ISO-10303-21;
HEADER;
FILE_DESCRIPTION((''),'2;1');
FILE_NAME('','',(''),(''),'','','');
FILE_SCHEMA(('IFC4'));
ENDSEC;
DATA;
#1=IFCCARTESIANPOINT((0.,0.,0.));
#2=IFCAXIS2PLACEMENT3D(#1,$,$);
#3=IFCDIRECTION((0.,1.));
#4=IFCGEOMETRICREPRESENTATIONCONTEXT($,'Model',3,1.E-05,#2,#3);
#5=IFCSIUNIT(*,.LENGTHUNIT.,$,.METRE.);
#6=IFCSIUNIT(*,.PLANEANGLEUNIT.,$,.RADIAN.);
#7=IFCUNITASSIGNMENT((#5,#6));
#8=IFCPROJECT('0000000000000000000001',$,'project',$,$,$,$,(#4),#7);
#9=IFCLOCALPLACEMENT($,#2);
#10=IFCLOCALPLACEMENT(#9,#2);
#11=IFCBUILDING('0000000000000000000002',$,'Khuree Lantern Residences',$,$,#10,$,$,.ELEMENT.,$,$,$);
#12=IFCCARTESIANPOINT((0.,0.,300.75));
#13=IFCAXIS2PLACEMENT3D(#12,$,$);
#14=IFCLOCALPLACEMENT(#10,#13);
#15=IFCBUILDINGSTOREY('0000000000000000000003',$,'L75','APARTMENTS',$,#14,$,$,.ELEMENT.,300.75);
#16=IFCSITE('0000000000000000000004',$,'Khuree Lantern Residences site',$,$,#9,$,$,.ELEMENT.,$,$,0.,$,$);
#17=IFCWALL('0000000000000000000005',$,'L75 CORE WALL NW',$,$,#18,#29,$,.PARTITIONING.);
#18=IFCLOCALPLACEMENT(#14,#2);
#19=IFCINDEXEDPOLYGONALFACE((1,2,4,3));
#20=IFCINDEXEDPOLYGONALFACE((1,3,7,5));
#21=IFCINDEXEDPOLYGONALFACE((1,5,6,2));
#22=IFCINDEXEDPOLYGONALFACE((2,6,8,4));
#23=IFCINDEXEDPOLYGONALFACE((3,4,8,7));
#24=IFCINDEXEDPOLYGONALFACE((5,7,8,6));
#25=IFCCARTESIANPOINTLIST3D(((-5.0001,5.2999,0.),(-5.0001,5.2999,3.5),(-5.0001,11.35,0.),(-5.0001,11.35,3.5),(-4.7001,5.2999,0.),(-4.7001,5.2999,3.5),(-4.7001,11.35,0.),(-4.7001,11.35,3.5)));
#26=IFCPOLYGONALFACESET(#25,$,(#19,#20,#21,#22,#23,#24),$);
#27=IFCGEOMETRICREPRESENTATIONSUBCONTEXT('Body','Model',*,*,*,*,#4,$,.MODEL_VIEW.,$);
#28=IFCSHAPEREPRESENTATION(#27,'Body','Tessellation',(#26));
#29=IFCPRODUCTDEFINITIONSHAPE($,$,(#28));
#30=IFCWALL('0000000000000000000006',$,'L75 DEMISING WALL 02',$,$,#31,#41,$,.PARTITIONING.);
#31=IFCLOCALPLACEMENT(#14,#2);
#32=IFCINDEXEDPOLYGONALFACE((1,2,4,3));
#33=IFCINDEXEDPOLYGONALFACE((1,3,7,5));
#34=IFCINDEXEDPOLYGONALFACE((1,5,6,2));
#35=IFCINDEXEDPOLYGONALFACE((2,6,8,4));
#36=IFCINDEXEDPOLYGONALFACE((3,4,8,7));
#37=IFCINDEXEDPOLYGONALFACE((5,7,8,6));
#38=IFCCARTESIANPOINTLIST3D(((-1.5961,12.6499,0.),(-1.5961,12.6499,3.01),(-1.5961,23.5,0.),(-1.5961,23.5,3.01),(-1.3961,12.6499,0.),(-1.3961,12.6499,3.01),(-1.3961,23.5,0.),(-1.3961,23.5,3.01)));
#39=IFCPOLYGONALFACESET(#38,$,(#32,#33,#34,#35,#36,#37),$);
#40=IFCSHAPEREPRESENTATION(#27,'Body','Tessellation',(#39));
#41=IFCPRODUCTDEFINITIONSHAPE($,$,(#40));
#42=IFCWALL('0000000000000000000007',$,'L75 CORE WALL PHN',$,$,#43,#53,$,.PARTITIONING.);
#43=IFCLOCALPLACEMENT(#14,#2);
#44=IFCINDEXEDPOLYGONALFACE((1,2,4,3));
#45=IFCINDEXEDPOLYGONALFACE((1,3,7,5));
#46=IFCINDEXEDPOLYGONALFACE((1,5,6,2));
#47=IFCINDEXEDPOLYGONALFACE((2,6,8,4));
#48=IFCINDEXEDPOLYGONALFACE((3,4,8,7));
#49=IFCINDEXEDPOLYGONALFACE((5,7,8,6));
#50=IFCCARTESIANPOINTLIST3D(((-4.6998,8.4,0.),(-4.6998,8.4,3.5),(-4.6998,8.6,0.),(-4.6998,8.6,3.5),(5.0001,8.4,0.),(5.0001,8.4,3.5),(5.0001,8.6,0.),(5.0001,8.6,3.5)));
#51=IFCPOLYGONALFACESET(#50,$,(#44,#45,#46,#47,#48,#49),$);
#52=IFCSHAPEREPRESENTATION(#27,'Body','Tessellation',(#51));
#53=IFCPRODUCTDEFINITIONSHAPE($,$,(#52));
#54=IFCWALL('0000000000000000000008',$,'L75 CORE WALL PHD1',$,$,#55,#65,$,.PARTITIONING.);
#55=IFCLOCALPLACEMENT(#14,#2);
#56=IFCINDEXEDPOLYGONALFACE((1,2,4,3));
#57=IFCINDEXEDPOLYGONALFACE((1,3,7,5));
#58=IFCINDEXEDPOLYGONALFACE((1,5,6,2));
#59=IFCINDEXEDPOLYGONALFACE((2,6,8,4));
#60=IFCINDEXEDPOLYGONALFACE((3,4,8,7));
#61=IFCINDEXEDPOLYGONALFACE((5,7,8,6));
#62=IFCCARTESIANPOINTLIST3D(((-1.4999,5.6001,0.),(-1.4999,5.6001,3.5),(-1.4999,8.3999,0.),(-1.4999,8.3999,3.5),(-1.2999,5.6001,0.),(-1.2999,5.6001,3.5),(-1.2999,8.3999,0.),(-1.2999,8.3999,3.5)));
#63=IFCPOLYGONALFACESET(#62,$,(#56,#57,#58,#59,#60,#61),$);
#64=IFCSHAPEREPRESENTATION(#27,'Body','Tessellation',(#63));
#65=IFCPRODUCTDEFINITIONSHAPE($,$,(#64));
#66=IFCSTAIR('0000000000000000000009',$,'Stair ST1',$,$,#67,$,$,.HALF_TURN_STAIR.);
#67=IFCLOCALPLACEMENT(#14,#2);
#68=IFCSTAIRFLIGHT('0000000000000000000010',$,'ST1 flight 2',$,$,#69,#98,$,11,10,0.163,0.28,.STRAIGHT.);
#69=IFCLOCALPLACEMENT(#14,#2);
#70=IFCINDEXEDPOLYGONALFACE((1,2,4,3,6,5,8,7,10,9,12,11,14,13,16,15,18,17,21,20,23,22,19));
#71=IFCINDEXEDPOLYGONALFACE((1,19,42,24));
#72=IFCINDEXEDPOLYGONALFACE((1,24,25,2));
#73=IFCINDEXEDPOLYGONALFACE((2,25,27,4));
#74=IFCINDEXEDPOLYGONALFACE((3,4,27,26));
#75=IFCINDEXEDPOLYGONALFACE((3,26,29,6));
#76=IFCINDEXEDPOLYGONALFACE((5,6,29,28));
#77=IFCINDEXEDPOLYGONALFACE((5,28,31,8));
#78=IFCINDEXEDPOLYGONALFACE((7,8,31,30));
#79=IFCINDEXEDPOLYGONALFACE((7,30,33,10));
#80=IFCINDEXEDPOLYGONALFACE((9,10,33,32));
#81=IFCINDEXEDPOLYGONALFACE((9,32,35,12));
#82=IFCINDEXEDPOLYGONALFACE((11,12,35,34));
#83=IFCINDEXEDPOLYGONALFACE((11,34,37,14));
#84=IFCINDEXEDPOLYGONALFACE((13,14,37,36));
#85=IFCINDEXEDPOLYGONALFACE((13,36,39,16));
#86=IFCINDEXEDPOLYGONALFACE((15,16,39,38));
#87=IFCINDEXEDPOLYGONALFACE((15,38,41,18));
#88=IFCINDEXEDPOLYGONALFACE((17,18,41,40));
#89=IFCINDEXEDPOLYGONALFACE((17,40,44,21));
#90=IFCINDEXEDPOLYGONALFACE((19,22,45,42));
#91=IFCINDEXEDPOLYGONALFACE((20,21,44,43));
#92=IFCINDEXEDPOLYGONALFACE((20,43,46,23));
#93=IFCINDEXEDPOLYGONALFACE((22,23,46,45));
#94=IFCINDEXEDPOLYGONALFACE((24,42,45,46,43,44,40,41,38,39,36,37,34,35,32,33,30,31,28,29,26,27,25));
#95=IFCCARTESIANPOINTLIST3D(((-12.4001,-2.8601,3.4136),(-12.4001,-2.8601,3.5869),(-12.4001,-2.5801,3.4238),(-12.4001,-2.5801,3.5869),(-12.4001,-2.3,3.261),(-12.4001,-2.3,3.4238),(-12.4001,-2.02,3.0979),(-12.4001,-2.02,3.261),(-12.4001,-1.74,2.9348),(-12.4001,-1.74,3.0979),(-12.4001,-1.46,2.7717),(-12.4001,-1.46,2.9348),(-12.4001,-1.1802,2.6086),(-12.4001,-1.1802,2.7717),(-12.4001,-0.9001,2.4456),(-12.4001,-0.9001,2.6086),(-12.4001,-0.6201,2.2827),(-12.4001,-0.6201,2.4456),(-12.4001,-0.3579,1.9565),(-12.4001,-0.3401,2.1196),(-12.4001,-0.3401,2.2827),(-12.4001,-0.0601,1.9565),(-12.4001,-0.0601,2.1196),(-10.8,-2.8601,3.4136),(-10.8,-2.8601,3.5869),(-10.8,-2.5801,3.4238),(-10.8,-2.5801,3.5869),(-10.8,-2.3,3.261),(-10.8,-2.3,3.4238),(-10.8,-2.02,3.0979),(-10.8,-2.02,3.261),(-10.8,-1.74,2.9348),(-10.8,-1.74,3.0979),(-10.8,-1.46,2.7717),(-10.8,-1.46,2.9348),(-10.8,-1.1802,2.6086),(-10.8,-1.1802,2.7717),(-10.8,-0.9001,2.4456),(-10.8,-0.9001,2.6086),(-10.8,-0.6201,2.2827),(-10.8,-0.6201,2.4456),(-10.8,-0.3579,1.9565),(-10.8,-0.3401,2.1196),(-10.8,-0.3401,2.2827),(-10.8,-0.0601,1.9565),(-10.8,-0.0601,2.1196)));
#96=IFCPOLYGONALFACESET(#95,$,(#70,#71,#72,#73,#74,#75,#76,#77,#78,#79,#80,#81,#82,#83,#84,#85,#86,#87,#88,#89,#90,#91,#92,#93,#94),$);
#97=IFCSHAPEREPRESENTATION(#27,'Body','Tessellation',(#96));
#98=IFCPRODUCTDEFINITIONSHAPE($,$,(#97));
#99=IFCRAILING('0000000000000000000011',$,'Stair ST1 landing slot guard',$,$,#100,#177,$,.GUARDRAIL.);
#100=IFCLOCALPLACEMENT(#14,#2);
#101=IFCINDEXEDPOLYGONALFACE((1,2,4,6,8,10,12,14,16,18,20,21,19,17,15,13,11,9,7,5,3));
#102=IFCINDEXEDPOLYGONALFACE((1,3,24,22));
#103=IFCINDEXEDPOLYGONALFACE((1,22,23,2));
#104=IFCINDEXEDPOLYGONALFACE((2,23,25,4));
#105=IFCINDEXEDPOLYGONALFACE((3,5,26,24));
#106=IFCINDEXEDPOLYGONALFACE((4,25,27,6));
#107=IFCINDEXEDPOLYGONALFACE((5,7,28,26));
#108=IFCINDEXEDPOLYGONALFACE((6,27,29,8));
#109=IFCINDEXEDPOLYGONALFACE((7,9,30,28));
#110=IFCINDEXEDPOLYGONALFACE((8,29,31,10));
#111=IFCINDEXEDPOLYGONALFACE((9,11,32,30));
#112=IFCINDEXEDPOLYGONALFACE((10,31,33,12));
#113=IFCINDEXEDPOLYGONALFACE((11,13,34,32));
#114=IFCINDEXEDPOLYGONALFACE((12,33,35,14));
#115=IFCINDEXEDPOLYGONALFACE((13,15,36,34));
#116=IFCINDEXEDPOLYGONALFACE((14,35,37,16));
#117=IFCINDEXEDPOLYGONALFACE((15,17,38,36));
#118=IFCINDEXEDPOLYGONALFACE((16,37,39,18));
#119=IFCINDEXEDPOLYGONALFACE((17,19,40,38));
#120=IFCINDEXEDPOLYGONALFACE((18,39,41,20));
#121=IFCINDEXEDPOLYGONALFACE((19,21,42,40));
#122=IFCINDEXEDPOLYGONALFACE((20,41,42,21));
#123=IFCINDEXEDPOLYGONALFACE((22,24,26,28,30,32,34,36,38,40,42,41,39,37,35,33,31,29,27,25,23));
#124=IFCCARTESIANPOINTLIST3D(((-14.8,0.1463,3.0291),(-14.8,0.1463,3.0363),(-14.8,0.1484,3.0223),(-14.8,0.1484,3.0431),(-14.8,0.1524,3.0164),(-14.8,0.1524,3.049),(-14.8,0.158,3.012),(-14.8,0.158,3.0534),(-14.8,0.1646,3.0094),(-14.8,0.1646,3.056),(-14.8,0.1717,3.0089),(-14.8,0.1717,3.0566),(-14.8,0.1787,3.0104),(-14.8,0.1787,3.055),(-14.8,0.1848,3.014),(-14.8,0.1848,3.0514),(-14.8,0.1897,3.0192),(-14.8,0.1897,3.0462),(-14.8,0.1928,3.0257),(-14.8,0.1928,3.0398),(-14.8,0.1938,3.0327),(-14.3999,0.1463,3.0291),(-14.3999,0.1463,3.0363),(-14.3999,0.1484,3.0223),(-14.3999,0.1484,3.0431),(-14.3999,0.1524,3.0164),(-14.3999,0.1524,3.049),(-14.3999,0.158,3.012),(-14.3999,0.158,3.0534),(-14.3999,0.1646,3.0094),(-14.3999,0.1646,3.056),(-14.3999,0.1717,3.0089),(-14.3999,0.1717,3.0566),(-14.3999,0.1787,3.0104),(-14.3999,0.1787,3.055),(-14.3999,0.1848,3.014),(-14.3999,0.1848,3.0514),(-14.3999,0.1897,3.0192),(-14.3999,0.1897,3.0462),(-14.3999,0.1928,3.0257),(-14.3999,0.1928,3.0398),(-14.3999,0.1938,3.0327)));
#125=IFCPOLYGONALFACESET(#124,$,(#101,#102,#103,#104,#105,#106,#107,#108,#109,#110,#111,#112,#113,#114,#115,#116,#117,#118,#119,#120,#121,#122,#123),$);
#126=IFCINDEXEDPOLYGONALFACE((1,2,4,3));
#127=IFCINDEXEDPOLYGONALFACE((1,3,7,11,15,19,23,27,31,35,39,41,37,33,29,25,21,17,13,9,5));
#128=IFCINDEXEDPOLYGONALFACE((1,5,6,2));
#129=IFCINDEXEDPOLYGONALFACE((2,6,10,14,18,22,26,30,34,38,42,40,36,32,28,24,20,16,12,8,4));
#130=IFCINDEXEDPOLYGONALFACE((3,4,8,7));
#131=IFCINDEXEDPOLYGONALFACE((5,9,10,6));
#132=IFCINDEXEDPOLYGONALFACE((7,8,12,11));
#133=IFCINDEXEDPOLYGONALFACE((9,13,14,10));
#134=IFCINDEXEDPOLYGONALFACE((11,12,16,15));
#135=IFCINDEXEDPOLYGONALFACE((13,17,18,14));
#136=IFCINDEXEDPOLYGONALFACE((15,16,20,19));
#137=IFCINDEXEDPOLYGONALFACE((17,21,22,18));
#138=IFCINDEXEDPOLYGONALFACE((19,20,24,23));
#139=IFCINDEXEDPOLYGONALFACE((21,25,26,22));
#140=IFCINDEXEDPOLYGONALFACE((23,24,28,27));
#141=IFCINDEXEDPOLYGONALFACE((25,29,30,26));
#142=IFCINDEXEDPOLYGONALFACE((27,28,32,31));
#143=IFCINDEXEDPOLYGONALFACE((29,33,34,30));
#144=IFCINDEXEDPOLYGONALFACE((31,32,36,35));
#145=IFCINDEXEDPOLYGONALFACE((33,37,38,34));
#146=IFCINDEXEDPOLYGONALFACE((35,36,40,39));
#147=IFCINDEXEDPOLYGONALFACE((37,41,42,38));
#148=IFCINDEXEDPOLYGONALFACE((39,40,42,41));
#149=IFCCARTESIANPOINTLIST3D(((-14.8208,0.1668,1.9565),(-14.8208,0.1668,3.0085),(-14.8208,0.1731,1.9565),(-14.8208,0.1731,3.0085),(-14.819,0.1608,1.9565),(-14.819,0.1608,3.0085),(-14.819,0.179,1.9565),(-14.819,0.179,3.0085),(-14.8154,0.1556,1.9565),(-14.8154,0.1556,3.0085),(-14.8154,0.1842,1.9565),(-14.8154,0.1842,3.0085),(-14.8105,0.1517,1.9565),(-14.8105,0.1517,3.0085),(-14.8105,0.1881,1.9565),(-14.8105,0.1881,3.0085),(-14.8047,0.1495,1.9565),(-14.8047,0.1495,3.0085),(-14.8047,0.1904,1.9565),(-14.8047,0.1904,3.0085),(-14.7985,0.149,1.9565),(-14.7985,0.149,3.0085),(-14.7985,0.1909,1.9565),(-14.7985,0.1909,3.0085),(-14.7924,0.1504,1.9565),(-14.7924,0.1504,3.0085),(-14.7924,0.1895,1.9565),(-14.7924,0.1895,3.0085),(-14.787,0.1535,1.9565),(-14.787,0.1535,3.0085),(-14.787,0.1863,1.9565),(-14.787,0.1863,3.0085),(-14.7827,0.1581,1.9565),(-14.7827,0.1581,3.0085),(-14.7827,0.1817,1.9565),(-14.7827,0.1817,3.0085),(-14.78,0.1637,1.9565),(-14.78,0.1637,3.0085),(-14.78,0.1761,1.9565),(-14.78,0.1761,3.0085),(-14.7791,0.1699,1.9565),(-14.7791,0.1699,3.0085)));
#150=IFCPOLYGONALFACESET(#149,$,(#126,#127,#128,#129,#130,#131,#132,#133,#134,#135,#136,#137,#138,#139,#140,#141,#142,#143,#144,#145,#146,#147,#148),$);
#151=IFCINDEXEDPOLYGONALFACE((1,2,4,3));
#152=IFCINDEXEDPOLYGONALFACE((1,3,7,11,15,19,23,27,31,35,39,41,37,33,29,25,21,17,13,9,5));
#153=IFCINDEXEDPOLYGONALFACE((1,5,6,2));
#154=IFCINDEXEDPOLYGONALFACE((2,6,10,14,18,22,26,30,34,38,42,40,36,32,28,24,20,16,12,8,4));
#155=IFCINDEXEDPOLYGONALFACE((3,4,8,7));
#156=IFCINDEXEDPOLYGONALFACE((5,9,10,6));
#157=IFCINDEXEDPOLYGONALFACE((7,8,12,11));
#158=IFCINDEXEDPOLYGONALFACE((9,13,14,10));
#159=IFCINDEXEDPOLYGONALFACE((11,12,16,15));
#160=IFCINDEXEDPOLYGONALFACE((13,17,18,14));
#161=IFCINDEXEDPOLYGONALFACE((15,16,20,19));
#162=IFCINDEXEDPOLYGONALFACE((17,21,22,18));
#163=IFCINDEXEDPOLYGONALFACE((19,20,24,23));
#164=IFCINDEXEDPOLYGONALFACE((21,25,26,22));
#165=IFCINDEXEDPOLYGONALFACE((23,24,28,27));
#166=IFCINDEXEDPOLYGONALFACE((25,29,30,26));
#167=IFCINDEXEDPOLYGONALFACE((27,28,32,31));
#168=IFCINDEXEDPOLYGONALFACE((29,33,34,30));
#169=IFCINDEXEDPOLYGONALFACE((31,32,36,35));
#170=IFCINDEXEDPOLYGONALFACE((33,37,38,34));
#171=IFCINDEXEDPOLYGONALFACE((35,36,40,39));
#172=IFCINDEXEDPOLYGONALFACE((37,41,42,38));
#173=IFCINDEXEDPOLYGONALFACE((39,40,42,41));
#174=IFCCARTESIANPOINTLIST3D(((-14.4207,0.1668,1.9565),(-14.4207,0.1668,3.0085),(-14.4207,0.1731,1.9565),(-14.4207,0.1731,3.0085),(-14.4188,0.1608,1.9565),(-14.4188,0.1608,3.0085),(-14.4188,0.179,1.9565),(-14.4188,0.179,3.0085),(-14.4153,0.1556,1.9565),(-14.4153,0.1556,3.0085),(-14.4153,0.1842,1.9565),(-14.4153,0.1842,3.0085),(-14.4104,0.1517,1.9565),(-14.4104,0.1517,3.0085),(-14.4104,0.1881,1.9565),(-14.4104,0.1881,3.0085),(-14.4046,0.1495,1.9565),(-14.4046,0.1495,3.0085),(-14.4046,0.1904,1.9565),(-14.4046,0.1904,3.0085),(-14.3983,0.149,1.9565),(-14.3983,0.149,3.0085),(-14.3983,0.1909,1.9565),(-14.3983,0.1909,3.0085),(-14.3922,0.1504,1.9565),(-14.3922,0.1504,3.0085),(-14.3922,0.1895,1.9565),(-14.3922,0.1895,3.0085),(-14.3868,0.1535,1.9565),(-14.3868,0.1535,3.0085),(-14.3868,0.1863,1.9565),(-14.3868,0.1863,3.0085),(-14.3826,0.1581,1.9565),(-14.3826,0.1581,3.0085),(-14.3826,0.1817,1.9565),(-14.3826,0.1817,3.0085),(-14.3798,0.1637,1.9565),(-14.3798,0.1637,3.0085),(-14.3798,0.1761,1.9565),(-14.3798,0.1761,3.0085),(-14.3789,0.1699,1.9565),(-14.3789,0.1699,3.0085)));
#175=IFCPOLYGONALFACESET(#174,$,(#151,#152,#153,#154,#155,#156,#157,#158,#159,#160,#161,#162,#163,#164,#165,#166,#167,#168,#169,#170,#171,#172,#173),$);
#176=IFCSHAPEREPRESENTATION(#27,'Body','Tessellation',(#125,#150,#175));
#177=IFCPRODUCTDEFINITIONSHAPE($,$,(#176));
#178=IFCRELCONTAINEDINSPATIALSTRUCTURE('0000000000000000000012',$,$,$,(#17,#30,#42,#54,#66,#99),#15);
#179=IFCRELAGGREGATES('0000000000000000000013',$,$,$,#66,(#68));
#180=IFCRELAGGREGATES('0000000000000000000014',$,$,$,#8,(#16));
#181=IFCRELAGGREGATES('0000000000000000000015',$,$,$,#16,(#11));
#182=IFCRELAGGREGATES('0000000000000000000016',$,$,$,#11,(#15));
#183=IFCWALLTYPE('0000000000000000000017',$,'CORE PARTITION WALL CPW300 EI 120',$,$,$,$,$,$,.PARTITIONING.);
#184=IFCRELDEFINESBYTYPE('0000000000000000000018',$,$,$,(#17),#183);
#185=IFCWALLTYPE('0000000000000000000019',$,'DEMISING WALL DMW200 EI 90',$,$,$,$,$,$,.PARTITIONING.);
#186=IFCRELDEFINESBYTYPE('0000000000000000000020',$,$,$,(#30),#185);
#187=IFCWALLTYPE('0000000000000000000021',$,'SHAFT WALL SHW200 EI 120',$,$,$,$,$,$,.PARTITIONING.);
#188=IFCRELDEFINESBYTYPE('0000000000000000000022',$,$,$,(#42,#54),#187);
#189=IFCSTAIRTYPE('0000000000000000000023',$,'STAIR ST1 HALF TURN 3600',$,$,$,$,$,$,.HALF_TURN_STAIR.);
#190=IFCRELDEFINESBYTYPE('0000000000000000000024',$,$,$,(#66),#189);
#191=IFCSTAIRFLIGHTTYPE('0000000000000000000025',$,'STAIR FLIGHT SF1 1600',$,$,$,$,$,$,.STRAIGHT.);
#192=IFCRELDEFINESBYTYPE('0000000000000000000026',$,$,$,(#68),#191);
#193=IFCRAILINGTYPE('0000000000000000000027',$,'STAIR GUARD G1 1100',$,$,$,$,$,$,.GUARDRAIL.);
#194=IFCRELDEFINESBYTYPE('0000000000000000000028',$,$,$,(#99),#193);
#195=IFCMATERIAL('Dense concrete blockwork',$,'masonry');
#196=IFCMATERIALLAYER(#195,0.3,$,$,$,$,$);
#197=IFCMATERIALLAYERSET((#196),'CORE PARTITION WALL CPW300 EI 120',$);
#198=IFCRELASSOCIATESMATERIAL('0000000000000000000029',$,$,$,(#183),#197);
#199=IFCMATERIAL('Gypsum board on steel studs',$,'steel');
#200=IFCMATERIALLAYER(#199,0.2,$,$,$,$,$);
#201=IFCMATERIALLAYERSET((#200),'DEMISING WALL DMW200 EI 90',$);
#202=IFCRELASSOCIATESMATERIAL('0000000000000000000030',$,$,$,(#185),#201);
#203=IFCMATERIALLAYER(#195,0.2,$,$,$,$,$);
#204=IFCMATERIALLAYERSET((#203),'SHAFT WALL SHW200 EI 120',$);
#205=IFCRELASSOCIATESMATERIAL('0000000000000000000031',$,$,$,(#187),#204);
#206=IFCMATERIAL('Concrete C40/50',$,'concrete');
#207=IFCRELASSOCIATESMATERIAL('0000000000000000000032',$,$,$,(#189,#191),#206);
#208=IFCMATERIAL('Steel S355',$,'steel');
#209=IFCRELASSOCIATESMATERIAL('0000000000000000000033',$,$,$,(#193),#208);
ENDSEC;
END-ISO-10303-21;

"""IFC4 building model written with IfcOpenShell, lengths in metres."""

from ifc_helpers import new_model, si_unit, direction, frame, frame_2d, origin, origin_2d, place, context, subcontext, project, spatial, polyline, rectangle, circle, outline, extrude, material, layer, layer_set, type_object, element, aggregate, save


model = new_model("IFC4")

# Units and contexts
model_context = context("Model", 3, precision=1e-05, world=origin(), true_north=direction((0.0, 1.0)))
body_context = subcontext(model_context, "Body", "Model", "MODEL_VIEW")
ifc_project = project(units=[si_unit("LENGTHUNIT", "METRE"), si_unit("PLANEANGLEUNIT", "RADIAN")], contexts=[model_context])

# Site, building, storey
site_placement = place(None, origin())
site = spatial("IfcSite", under=ifc_project, at=site_placement, Name="Khuree Lantern Residences site", CompositionType="ELEMENT", RefElevation=0.0)
building_placement = place(site_placement, origin())
building = spatial("IfcBuilding", under=site, at=building_placement, Name="Khuree Lantern Residences", CompositionType="ELEMENT")
storey_placement = place(building_placement, frame((0.0, 0.0, 300.75)))
storey = spatial("IfcBuildingStorey", under=building, at=storey_placement, Name="L75", Description="APARTMENTS", CompositionType="ELEMENT", Elevation=300.75)

# Shared definitions
ifc_material_1 = material(Name="Dense concrete blockwork", Category="masonry")
ifc_layer_1 = layer(ifc_material_1, 0.3)
ifc_layer_set_1 = layer_set([ifc_layer_1], Name="CORE PARTITION WALL CPW300 EI 120")
wall_type_1 = type_object("IfcWallType", Name="CORE PARTITION WALL CPW300 EI 120", PredefinedType="PARTITIONING", material=ifc_layer_set_1)

# Walls
wall_1_placement = place(storey_placement, frame((-4.8501, 5.3, 0.0), z_axis=(0.0, 0.0, 1.0), x_axis=(0.0, 1.0, 0.0)))
element("IfcWall", 1, at=wall_1_placement, inside=storey, type_object=wall_type_1, Name="L75 CORE WALL NW", PredefinedType="PARTITIONING", context=body_context, shape_type="SweptSolid", body=[
    extrude(rectangle(XDim=6.05, YDim=0.3, at=frame_2d((3.0249, 0.0))), origin(), (0.0, 0.0, 1.0), 3.5),
])
ifc_material_2 = material(Name="Gypsum board on steel studs", Category="steel")
ifc_layer_2 = layer(ifc_material_2, 0.2)
ifc_layer_set_2 = layer_set([ifc_layer_2], Name="DEMISING WALL DMW200 EI 90")
wall_type_2 = type_object("IfcWallType", Name="DEMISING WALL DMW200 EI 90", PredefinedType="PARTITIONING", material=ifc_layer_set_2)
wall_2_placement = place(storey_placement, frame((-1.4961, 12.6499, 0.0), z_axis=(0.0, 0.0, 1.0), x_axis=(0.0, 1.0, 0.0)))
element("IfcWall", 2, at=wall_2_placement, inside=storey, type_object=wall_type_2, Name="L75 DEMISING WALL 02", PredefinedType="PARTITIONING", context=body_context, shape_type="SweptSolid", body=[
    extrude(rectangle(XDim=10.8501, YDim=0.2, at=frame_2d((5.425, 0.0))), origin(), (0.0, 0.0, 1.0), 3.01),
])
ifc_layer_3 = layer(ifc_material_1, 0.2)
ifc_layer_set_3 = layer_set([ifc_layer_3], Name="SHAFT WALL SHW200 EI 120")
wall_type_3 = type_object("IfcWallType", Name="SHAFT WALL SHW200 EI 120", PredefinedType="PARTITIONING", material=ifc_layer_set_3)
wall_3_placement = place(storey_placement, frame((-4.7, 8.5, 0.0), z_axis=(0.0, 0.0, 1.0), x_axis=(1.0, 0.0, 0.0)))
element("IfcWall", 3, at=wall_3_placement, inside=storey, type_object=wall_type_3, Name="L75 CORE WALL PHN", PredefinedType="PARTITIONING", context=body_context, shape_type="SweptSolid", body=[
    extrude(rectangle(XDim=9.7, YDim=0.2, at=frame_2d((4.8501, 0.0))), origin(), (0.0, 0.0, 1.0), 3.5),
])
wall_4_placement = place(storey_placement, frame((-1.3999, 5.6001, 0.0), z_axis=(0.0, 0.0, 1.0), x_axis=(0.0, 1.0, 0.0)))
element("IfcWall", 4, at=wall_4_placement, inside=storey, type_object=wall_type_3, Name="L75 CORE WALL PHD1", PredefinedType="PARTITIONING", context=body_context, shape_type="SweptSolid", body=[
    extrude(rectangle(XDim=2.7998, YDim=0.2, at=frame_2d((1.3999, 0.0))), origin(), (0.0, 0.0, 1.0), 3.5),
])

# Stair, stair flight
ifc_material_3 = material(Name="Concrete C40/50", Category="concrete")
stair_type = type_object("IfcStairType", Name="STAIR ST1 HALF TURN 3600", PredefinedType="HALF_TURN_STAIR", material=ifc_material_3)
stair_placement = place(storey_placement, origin())
stair = element("IfcStair", 5, at=stair_placement, inside=storey, type_object=stair_type, Name="Stair ST1", PredefinedType="HALF_TURN_STAIR")
stair_flight_type = type_object("IfcStairFlightType", Name="STAIR FLIGHT SF1 1600", PredefinedType="STRAIGHT", material=ifc_material_3)
stair_flight_placement = place(storey_placement, frame((-11.6001, -0.0601, 1.9565), z_axis=(0.0, 0.0, 1.0), x_axis=(0.0, -1.0, 0.0)))
stair_flight = element("IfcStairFlight", 6, at=stair_flight_placement, type_object=stair_flight_type, Name="ST1 flight 2", NumberOfRisers=11, NumberOfTreads=10, PredefinedType="STRAIGHT", RiserHeight=0.163, TreadLength=0.28, context=body_context, shape_type="SweptSolid", body=[
    extrude(outline(polyline([(0.0, 0.0), (0.0, 0.1631), (0.28, 0.1631), (0.28, 0.3262), (0.5601, 0.3262), (0.5601, 0.489), (0.8401, 0.489), (0.8401, 0.6521), (1.1201, 0.6521), (1.1201, 0.8152), (1.3999, 0.8152), (1.3999, 0.9783), (1.6799, 0.9783), (1.6799, 1.1414), (1.96, 1.1414), (1.96, 1.3044), (2.24, 1.3044), (2.24, 1.4673), (2.52, 1.4673), (2.52, 1.6304), (2.8, 1.6304), (2.8, 1.7935), (2.8, 1.457), (0.2979, 0.0), (0.0, 0.0)])), frame((0.0, 0.8, 0.0), z_axis=(0.0, -1.0, 0.0), x_axis=(1.0, 0.0, 0.0)), (0.0, 0.0, 1.0), 1.6001),
])
aggregate(stair, [stair_flight])

# Railing
ifc_material_4 = material(Name="Steel S355", Category="steel")
railing_type = type_object("IfcRailingType", Name="STAIR GUARD G1 1100", PredefinedType="GUARDRAIL", material=ifc_material_4)
railing_placement = place(storey_placement, frame((-14.8, 0.1699, 1.9565)))
element("IfcRailing", 7, at=railing_placement, inside=storey, type_object=railing_type, Name="Stair ST1 landing slot guard", PredefinedType="GUARDRAIL", context=body_context, shape_type="SweptSolid", body=[
    extrude(circle(Radius=0.0239, at=origin_2d()), frame((0.0, 0.0, 1.0762), z_axis=(1.0, 0.0, 0.0), x_axis=(0.0, 1.0, 0.0)), (0.0, 0.0, 1.0), 0.4001),
    extrude(circle(Radius=0.021, at=origin_2d()), origin(), (0.0, 0.0, 1.0), 1.052),
    extrude(circle(Radius=0.021, at=origin_2d()), frame((0.4001, 0.0, 0.0)), (0.0, 0.0, 1.0), 1.052),
])

save(model, "model.ifc")
